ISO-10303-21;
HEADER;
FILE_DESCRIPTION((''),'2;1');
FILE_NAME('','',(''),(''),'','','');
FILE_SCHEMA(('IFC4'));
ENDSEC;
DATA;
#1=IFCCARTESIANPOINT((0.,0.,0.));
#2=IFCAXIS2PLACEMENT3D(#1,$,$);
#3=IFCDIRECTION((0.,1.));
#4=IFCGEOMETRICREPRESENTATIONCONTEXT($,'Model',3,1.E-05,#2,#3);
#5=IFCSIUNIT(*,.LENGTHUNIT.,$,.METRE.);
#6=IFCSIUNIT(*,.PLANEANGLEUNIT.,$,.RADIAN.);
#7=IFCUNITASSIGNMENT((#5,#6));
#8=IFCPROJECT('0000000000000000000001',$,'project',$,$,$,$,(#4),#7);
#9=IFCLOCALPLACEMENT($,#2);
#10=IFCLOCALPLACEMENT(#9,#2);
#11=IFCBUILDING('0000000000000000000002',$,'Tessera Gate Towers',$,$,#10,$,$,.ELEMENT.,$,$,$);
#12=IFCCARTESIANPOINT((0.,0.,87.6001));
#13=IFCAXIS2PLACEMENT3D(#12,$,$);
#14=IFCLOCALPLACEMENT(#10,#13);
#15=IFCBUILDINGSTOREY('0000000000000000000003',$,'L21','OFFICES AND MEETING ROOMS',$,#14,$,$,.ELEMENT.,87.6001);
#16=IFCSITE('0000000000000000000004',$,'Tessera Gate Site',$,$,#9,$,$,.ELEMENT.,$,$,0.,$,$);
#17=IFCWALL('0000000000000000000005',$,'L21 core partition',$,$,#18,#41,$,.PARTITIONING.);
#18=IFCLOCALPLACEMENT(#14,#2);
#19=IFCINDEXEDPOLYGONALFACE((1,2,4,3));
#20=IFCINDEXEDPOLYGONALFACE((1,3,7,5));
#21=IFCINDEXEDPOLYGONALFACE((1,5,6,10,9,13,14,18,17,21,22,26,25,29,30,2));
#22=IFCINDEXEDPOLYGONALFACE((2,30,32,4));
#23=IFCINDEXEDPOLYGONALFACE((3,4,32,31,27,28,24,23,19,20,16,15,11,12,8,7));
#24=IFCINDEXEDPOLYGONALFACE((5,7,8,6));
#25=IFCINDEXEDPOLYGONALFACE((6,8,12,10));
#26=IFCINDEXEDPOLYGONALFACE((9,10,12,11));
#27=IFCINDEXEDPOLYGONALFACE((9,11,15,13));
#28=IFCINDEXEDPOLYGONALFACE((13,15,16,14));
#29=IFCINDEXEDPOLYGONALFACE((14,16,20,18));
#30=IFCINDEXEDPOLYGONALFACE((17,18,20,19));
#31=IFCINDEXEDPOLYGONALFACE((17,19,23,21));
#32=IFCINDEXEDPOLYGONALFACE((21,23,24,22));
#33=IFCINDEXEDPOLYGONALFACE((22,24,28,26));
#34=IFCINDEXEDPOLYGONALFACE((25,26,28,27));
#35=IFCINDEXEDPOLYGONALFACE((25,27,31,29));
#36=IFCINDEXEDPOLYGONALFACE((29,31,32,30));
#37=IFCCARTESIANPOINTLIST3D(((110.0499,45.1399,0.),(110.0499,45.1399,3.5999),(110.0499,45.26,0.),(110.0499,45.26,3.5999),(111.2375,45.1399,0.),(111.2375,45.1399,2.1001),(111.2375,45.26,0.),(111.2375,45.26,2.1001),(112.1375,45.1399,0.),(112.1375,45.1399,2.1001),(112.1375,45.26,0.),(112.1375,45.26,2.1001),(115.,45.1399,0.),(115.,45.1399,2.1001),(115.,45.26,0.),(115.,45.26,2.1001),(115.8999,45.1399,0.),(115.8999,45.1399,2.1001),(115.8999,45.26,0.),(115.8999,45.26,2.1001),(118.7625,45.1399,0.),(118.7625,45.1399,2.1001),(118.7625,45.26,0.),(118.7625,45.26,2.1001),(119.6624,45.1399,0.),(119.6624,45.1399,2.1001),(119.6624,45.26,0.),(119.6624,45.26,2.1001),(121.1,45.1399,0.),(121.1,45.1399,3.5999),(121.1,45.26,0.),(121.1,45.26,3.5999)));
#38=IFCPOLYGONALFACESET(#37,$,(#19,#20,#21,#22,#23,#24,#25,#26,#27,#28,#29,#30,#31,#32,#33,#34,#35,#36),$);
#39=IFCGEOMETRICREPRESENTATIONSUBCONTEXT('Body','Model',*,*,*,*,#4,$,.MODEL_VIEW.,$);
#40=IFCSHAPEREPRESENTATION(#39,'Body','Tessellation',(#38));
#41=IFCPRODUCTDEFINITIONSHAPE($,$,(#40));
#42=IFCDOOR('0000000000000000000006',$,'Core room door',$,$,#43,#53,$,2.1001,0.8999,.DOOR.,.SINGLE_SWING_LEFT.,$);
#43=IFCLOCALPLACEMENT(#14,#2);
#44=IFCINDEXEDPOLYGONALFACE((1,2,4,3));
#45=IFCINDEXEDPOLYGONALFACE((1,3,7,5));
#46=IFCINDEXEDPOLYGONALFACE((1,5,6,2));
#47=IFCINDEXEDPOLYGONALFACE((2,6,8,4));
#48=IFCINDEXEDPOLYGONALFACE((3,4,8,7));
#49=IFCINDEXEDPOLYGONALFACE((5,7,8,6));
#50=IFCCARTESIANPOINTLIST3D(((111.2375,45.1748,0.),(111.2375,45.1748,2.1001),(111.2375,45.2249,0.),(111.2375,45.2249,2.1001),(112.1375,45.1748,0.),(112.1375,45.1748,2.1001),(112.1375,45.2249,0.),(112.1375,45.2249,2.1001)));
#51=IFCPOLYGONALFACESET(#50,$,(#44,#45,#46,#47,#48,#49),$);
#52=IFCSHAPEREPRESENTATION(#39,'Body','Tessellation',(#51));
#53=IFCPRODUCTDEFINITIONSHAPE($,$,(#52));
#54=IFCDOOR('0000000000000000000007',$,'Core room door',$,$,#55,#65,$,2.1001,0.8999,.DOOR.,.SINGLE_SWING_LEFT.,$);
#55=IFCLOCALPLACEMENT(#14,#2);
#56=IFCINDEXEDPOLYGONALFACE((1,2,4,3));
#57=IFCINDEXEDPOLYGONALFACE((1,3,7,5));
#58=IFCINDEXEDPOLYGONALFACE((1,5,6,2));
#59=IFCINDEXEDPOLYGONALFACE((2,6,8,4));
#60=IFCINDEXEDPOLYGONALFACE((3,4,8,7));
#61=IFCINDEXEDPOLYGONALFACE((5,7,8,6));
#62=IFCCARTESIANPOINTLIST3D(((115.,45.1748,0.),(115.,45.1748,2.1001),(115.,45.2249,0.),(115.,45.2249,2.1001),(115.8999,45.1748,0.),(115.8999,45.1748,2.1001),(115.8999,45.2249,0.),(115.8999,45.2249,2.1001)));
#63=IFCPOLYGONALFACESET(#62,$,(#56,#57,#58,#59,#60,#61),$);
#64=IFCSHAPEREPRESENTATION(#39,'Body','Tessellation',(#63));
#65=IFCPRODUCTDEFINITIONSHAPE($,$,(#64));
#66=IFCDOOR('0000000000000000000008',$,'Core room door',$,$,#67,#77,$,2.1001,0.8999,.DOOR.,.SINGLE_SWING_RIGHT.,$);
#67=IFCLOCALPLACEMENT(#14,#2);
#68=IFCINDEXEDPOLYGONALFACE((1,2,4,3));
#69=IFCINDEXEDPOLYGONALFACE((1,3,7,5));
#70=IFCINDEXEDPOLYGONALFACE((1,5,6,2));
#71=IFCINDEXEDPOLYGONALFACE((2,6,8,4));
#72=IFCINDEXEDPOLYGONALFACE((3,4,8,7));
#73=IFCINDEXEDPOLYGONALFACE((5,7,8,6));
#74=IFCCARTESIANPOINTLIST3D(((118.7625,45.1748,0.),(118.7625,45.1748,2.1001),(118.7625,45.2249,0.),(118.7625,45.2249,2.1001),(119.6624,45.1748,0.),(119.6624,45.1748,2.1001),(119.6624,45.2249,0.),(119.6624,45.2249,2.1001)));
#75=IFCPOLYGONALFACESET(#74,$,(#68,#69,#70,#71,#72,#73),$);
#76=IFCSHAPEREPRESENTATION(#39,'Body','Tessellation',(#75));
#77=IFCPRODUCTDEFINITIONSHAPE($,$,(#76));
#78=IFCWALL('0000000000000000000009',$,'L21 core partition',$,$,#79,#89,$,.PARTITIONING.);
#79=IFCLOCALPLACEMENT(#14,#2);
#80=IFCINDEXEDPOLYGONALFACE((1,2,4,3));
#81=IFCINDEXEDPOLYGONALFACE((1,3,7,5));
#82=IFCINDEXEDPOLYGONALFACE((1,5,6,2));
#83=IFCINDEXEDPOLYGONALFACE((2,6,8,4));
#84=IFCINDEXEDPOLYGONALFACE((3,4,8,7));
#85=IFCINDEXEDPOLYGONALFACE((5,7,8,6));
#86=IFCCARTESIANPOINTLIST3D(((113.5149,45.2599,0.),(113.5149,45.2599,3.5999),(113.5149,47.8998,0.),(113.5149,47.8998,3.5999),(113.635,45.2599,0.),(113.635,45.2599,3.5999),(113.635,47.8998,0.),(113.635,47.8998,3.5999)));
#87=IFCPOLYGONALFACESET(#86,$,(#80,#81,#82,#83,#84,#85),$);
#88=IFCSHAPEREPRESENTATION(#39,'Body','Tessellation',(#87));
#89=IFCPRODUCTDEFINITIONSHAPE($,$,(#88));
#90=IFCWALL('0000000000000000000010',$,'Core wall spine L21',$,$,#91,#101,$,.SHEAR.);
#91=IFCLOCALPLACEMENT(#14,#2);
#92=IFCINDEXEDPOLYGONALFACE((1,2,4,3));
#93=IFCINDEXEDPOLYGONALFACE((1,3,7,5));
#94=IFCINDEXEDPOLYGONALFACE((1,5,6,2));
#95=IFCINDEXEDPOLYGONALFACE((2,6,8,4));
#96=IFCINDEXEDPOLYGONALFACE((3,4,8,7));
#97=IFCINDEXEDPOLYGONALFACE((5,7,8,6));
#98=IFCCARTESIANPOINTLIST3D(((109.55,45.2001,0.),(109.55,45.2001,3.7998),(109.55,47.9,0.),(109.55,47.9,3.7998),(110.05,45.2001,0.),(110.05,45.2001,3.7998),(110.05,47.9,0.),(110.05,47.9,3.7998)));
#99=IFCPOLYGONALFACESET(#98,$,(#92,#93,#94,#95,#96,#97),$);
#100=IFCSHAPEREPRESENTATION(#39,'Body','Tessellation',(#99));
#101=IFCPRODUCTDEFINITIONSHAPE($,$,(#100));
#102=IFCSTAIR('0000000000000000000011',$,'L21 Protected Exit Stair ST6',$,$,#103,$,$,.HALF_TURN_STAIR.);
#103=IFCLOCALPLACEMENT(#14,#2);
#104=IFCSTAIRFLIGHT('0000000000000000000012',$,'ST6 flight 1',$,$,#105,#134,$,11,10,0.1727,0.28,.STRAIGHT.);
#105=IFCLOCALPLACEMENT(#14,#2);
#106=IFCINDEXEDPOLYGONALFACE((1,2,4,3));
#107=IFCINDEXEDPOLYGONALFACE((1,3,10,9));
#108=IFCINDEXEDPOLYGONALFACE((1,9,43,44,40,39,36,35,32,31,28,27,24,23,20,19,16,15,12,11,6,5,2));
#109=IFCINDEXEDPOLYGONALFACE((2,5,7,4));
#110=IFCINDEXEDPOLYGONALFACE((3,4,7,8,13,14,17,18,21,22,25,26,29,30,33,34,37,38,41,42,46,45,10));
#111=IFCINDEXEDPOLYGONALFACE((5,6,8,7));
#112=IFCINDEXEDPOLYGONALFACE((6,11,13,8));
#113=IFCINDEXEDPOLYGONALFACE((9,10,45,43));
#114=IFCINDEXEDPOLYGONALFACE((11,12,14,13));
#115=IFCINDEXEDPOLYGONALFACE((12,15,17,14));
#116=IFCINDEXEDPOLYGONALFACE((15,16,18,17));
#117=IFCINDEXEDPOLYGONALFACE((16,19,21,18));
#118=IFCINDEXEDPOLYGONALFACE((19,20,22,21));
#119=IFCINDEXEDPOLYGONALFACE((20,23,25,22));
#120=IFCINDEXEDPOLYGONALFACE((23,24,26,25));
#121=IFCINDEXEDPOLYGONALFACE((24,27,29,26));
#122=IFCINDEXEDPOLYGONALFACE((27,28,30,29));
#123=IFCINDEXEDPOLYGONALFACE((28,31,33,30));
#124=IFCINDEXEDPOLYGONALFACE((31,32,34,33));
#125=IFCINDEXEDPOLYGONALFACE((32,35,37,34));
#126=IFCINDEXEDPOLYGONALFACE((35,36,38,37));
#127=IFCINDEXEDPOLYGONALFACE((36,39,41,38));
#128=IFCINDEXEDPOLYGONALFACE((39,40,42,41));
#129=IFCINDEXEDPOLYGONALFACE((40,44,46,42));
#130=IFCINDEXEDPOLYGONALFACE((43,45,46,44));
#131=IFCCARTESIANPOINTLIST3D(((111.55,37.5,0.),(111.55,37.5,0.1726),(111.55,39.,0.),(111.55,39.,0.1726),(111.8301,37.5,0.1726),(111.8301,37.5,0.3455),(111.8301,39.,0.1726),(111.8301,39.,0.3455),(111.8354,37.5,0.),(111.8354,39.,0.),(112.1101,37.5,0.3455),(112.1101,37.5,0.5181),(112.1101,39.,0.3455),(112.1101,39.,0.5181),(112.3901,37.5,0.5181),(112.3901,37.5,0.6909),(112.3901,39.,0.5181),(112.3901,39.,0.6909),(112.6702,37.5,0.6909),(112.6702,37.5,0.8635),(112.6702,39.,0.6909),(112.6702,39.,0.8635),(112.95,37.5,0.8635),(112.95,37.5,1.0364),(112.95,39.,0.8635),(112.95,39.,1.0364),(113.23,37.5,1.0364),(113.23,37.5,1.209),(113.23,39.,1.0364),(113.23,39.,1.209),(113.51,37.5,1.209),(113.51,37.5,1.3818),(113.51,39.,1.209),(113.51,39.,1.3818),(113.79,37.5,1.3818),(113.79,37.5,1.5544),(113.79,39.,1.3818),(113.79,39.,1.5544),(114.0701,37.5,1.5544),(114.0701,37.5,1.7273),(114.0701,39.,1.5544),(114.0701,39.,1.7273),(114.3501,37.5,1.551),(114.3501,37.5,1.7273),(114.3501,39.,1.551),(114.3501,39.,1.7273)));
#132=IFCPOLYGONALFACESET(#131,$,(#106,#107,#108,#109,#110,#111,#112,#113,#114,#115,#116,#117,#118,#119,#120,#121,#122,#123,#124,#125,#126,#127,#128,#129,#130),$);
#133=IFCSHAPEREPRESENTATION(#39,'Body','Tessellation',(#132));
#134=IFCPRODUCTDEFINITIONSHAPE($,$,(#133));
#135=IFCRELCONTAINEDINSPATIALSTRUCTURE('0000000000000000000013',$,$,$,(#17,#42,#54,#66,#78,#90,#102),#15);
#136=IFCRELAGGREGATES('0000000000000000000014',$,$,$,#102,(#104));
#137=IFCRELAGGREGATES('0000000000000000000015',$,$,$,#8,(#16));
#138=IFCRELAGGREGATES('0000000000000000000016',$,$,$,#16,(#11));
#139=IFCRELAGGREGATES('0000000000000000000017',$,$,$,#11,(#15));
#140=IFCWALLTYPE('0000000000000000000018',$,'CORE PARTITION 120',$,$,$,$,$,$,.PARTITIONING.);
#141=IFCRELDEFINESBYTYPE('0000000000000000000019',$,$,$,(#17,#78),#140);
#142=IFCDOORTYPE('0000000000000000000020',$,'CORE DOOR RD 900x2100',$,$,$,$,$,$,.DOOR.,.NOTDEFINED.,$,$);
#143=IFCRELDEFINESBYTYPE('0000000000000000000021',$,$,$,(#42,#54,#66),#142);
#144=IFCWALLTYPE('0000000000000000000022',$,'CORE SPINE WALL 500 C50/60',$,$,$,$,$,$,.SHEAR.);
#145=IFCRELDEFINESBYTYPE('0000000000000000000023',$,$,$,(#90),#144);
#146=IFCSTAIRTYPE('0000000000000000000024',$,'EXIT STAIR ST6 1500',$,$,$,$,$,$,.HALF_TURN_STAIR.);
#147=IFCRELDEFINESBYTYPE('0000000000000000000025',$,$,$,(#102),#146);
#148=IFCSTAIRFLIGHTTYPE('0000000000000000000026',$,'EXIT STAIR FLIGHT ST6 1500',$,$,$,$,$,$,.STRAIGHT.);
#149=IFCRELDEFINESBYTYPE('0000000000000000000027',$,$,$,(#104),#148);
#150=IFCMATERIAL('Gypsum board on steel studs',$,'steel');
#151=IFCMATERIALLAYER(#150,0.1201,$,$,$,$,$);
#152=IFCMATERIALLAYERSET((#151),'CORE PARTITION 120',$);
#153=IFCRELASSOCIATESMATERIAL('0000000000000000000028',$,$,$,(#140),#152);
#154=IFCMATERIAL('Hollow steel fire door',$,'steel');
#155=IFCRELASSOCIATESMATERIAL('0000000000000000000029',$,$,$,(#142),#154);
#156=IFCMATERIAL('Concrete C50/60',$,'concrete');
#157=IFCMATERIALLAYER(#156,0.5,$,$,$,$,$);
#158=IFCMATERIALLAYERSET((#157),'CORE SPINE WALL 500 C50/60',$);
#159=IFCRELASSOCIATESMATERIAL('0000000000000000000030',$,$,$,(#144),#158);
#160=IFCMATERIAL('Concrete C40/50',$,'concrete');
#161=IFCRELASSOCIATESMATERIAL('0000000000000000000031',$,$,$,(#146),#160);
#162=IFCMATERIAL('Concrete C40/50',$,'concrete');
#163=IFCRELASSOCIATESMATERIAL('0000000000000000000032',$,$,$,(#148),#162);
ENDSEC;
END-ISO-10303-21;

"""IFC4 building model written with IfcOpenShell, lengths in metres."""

from ifc_helpers import new_model, si_unit, direction, frame, frame_2d, origin, place, context, subcontext, project, spatial, polyline, rectangle, outline, extrude, source, transform, mapped, material, layer, layer_set, type_object, element, fill, aggregate, save


model = new_model("IFC4")

# Units and contexts
model_context = context("Model", 3, precision=1e-05, world=origin(), true_north=direction((0.0, 1.0)))
body_context = subcontext(model_context, "Body", "Model", "MODEL_VIEW")
ifc_project = project(units=[si_unit("LENGTHUNIT", "METRE"), si_unit("PLANEANGLEUNIT", "RADIAN")], contexts=[model_context])

# Site, building, storey
site_placement = place(None, origin())
site = spatial("IfcSite", under=ifc_project, at=site_placement, Name="Tessera Gate Site", CompositionType="ELEMENT", RefElevation=0.0)
building_placement = place(site_placement, origin())
building = spatial("IfcBuilding", under=site, at=building_placement, Name="Tessera Gate Towers", CompositionType="ELEMENT")
storey_placement = place(building_placement, frame((0.0, 0.0, 87.6001)))
storey = spatial("IfcBuildingStorey", under=building, at=storey_placement, Name="L21", Description="OFFICES AND MEETING ROOMS", CompositionType="ELEMENT", Elevation=87.6001)

# Wall, openings, doors
ifc_material_1 = material(Name="Gypsum board on steel studs", Category="steel")
ifc_layer_1 = layer(ifc_material_1, 0.1201)
ifc_layer_set_1 = layer_set([ifc_layer_1], Name="CORE PARTITION 120")
wall_type_1 = type_object("IfcWallType", Name="CORE PARTITION 120", PredefinedType="PARTITIONING", material=ifc_layer_set_1)
wall_1_placement = place(storey_placement, frame((110.05, 45.2, 0.0), z_axis=(0.0, 0.0, 1.0), x_axis=(1.0, 0.0, 0.0)))
wall_1 = element("IfcWall", 1, at=wall_1_placement, inside=storey, type_object=wall_type_1, Name="L21 core partition", PredefinedType="PARTITIONING", context=body_context, shape_type="SweptSolid", body=[
    extrude(rectangle(XDim=11.05, YDim=0.1201, at=frame_2d((5.5249, 0.0))), origin(), (0.0, 0.0, 1.0), 3.5999),
])
shared_shape_1 = source(origin(), body_context, "Body", "SweptSolid", [
    extrude(rectangle(XDim=0.8999, YDim=2.1001, at=frame_2d((0.45, 1.05))), frame((0.0, 0.0701, 0.0), z_axis=(0.0, -1.0, 0.0), x_axis=(1.0, 0.0, 0.0)), (0.0, 0.0, 1.0), 0.1401),
])
opening_1_placement = place(wall_1_placement, frame((1.1875, 0.0, 0.0)))
opening_1 = element("IfcOpeningElement", 2, at=opening_1_placement, cuts=wall_1, PredefinedType="OPENING", context=body_context, shape_type="MappedRepresentation", body=[
    mapped(shared_shape_1, transform((0.0, 0.0, 0.0), scale=1.0)),
])
opening_2_placement = place(wall_1_placement, frame((4.95, 0.0, 0.0)))
opening_2 = element("IfcOpeningElement", 3, at=opening_2_placement, cuts=wall_1, PredefinedType="OPENING", context=body_context, shape_type="MappedRepresentation", body=[
    mapped(shared_shape_1, transform((0.0, 0.0, 0.0), scale=1.0)),
])
opening_3_placement = place(wall_1_placement, frame((8.7124, 0.0, 0.0)))
opening_3 = element("IfcOpeningElement", 4, at=opening_3_placement, cuts=wall_1, PredefinedType="OPENING", context=body_context, shape_type="MappedRepresentation", body=[
    mapped(shared_shape_1, transform((0.0, 0.0, 0.0), scale=1.0)),
])
ifc_material_2 = material(Name="Hollow steel fire door", Category="steel")
door_type_1 = type_object("IfcDoorType", Name="CORE DOOR RD 900x2100", OperationType="NOTDEFINED", PredefinedType="DOOR", material=ifc_material_2)
shared_shape_2 = source(origin(), body_context, "Body", "SweptSolid", [
    extrude(rectangle(XDim=0.8999, YDim=2.1001, at=frame_2d((0.45, 1.05))), frame((0.0, 0.0249, 0.0), z_axis=(0.0, -1.0, 0.0), x_axis=(1.0, 0.0, 0.0)), (0.0, 0.0, 1.0), 0.05),
])
door_1_placement = place(opening_1_placement, origin())
door_1 = element("IfcDoor", 5, at=door_1_placement, inside=storey, type_object=door_type_1, Name="Core room door", OperationType="SINGLE_SWING_LEFT", OverallHeight=2.1001, OverallWidth=0.8999, PredefinedType="DOOR", context=body_context, shape_type="MappedRepresentation", body=[
    mapped(shared_shape_2, transform((0.0, 0.0, 0.0), scale=1.0)),
])
fill(opening_1, door_1)
door_2_placement = place(opening_2_placement, origin())
door_2 = element("IfcDoor", 6, at=door_2_placement, inside=storey, type_object=door_type_1, Name="Core room door", OperationType="SINGLE_SWING_LEFT", OverallHeight=2.1001, OverallWidth=0.8999, PredefinedType="DOOR", context=body_context, shape_type="MappedRepresentation", body=[
    mapped(shared_shape_2, transform((0.0, 0.0, 0.0), scale=1.0)),
])
fill(opening_2, door_2)
door_3_placement = place(opening_3_placement, origin())
door_3 = element("IfcDoor", 7, at=door_3_placement, inside=storey, type_object=door_type_1, Name="Core room door", OperationType="SINGLE_SWING_RIGHT", OverallHeight=2.1001, OverallWidth=0.8999, PredefinedType="DOOR", context=body_context, shape_type="MappedRepresentation", body=[
    mapped(shared_shape_2, transform((0.0, 0.0, 0.0), scale=1.0)),
])
fill(opening_3, door_3)

# Walls
wall_2_placement = place(storey_placement, frame((113.575, 45.26, 0.0), z_axis=(0.0, 0.0, 1.0), x_axis=(0.0, 1.0, 0.0)))
element("IfcWall", 8, at=wall_2_placement, inside=storey, type_object=wall_type_1, Name="L21 core partition", PredefinedType="PARTITIONING", context=body_context, shape_type="SweptSolid", body=[
    extrude(rectangle(XDim=2.6399, YDim=0.1201, at=frame_2d((1.3198, 0.0))), origin(), (0.0, 0.0, 1.0), 3.5999),
])
ifc_material_3 = material(Name="Concrete C50/60", Category="concrete")
ifc_layer_2 = layer(ifc_material_3, 0.5)
ifc_layer_set_2 = layer_set([ifc_layer_2], Name="CORE SPINE WALL 500 C50/60")
wall_type_2 = type_object("IfcWallType", Name="CORE SPINE WALL 500 C50/60", PredefinedType="SHEAR", material=ifc_layer_set_2)
wall_3_placement = place(storey_placement, frame((109.8, 45.2, 0.0), z_axis=(0.0, 0.0, 1.0), x_axis=(0.0, 1.0, 0.0)))
element("IfcWall", 9, at=wall_3_placement, inside=storey, type_object=wall_type_2, Name="Core wall spine L21", PredefinedType="SHEAR", context=body_context, shape_type="SweptSolid", body=[
    extrude(rectangle(XDim=2.7, YDim=0.5, at=frame_2d((1.3501, 0.0))), origin(), (0.0, 0.0, 1.0), 3.7998),
])

# Stair, stair flight
ifc_material_4 = material(Name="Concrete C40/50", Category="concrete")
stair_type = type_object("IfcStairType", Name="EXIT STAIR ST6 1500", PredefinedType="HALF_TURN_STAIR", material=ifc_material_4)
stair_placement = place(storey_placement, origin())
stair = element("IfcStair", 10, at=stair_placement, inside=storey, type_object=stair_type, Name="L21 Protected Exit Stair ST6", PredefinedType="HALF_TURN_STAIR")
ifc_material_5 = material(Name="Concrete C40/50", Category="concrete")
stair_flight_type = type_object("IfcStairFlightType", Name="EXIT STAIR FLIGHT ST6 1500", PredefinedType="STRAIGHT", material=ifc_material_5)
stair_flight_placement = place(storey_placement, frame((111.55, 38.25, 0.0), z_axis=(0.0, 0.0, 1.0), x_axis=(1.0, 0.0, 0.0)))
stair_flight = element("IfcStairFlight", 11, at=stair_flight_placement, type_object=stair_flight_type, Name="ST6 flight 1", NumberOfRisers=11, NumberOfTreads=10, PredefinedType="STRAIGHT", RiserHeight=0.1727, TreadLength=0.28, context=body_context, shape_type="SweptSolid", body=[
    extrude(outline(polyline([(0.0, 0.0), (0.0, 0.1726), (0.28, 0.1726), (0.28, 0.3455), (0.5601, 0.3455), (0.5601, 0.5181), (0.8401, 0.5181), (0.8401, 0.6909), (1.1201, 0.6909), (1.1201, 0.8635), (1.3999, 0.8635), (1.3999, 1.0364), (1.6799, 1.0364), (1.6799, 1.209), (1.96, 1.209), (1.96, 1.3818), (2.24, 1.3818), (2.24, 1.5544), (2.52, 1.5544), (2.52, 1.7273), (2.8, 1.7273), (2.8, 1.8999), (2.8, 1.551), (0.2854, 0.0), (0.0, 0.0)])), frame((0.0, 0.75, 0.0), z_axis=(0.0, -1.0, 0.0), x_axis=(1.0, 0.0, 0.0)), (0.0, 0.0, 1.0), 1.5),
])
aggregate(stair, [stair_flight])

save(model, "model.ifc")
